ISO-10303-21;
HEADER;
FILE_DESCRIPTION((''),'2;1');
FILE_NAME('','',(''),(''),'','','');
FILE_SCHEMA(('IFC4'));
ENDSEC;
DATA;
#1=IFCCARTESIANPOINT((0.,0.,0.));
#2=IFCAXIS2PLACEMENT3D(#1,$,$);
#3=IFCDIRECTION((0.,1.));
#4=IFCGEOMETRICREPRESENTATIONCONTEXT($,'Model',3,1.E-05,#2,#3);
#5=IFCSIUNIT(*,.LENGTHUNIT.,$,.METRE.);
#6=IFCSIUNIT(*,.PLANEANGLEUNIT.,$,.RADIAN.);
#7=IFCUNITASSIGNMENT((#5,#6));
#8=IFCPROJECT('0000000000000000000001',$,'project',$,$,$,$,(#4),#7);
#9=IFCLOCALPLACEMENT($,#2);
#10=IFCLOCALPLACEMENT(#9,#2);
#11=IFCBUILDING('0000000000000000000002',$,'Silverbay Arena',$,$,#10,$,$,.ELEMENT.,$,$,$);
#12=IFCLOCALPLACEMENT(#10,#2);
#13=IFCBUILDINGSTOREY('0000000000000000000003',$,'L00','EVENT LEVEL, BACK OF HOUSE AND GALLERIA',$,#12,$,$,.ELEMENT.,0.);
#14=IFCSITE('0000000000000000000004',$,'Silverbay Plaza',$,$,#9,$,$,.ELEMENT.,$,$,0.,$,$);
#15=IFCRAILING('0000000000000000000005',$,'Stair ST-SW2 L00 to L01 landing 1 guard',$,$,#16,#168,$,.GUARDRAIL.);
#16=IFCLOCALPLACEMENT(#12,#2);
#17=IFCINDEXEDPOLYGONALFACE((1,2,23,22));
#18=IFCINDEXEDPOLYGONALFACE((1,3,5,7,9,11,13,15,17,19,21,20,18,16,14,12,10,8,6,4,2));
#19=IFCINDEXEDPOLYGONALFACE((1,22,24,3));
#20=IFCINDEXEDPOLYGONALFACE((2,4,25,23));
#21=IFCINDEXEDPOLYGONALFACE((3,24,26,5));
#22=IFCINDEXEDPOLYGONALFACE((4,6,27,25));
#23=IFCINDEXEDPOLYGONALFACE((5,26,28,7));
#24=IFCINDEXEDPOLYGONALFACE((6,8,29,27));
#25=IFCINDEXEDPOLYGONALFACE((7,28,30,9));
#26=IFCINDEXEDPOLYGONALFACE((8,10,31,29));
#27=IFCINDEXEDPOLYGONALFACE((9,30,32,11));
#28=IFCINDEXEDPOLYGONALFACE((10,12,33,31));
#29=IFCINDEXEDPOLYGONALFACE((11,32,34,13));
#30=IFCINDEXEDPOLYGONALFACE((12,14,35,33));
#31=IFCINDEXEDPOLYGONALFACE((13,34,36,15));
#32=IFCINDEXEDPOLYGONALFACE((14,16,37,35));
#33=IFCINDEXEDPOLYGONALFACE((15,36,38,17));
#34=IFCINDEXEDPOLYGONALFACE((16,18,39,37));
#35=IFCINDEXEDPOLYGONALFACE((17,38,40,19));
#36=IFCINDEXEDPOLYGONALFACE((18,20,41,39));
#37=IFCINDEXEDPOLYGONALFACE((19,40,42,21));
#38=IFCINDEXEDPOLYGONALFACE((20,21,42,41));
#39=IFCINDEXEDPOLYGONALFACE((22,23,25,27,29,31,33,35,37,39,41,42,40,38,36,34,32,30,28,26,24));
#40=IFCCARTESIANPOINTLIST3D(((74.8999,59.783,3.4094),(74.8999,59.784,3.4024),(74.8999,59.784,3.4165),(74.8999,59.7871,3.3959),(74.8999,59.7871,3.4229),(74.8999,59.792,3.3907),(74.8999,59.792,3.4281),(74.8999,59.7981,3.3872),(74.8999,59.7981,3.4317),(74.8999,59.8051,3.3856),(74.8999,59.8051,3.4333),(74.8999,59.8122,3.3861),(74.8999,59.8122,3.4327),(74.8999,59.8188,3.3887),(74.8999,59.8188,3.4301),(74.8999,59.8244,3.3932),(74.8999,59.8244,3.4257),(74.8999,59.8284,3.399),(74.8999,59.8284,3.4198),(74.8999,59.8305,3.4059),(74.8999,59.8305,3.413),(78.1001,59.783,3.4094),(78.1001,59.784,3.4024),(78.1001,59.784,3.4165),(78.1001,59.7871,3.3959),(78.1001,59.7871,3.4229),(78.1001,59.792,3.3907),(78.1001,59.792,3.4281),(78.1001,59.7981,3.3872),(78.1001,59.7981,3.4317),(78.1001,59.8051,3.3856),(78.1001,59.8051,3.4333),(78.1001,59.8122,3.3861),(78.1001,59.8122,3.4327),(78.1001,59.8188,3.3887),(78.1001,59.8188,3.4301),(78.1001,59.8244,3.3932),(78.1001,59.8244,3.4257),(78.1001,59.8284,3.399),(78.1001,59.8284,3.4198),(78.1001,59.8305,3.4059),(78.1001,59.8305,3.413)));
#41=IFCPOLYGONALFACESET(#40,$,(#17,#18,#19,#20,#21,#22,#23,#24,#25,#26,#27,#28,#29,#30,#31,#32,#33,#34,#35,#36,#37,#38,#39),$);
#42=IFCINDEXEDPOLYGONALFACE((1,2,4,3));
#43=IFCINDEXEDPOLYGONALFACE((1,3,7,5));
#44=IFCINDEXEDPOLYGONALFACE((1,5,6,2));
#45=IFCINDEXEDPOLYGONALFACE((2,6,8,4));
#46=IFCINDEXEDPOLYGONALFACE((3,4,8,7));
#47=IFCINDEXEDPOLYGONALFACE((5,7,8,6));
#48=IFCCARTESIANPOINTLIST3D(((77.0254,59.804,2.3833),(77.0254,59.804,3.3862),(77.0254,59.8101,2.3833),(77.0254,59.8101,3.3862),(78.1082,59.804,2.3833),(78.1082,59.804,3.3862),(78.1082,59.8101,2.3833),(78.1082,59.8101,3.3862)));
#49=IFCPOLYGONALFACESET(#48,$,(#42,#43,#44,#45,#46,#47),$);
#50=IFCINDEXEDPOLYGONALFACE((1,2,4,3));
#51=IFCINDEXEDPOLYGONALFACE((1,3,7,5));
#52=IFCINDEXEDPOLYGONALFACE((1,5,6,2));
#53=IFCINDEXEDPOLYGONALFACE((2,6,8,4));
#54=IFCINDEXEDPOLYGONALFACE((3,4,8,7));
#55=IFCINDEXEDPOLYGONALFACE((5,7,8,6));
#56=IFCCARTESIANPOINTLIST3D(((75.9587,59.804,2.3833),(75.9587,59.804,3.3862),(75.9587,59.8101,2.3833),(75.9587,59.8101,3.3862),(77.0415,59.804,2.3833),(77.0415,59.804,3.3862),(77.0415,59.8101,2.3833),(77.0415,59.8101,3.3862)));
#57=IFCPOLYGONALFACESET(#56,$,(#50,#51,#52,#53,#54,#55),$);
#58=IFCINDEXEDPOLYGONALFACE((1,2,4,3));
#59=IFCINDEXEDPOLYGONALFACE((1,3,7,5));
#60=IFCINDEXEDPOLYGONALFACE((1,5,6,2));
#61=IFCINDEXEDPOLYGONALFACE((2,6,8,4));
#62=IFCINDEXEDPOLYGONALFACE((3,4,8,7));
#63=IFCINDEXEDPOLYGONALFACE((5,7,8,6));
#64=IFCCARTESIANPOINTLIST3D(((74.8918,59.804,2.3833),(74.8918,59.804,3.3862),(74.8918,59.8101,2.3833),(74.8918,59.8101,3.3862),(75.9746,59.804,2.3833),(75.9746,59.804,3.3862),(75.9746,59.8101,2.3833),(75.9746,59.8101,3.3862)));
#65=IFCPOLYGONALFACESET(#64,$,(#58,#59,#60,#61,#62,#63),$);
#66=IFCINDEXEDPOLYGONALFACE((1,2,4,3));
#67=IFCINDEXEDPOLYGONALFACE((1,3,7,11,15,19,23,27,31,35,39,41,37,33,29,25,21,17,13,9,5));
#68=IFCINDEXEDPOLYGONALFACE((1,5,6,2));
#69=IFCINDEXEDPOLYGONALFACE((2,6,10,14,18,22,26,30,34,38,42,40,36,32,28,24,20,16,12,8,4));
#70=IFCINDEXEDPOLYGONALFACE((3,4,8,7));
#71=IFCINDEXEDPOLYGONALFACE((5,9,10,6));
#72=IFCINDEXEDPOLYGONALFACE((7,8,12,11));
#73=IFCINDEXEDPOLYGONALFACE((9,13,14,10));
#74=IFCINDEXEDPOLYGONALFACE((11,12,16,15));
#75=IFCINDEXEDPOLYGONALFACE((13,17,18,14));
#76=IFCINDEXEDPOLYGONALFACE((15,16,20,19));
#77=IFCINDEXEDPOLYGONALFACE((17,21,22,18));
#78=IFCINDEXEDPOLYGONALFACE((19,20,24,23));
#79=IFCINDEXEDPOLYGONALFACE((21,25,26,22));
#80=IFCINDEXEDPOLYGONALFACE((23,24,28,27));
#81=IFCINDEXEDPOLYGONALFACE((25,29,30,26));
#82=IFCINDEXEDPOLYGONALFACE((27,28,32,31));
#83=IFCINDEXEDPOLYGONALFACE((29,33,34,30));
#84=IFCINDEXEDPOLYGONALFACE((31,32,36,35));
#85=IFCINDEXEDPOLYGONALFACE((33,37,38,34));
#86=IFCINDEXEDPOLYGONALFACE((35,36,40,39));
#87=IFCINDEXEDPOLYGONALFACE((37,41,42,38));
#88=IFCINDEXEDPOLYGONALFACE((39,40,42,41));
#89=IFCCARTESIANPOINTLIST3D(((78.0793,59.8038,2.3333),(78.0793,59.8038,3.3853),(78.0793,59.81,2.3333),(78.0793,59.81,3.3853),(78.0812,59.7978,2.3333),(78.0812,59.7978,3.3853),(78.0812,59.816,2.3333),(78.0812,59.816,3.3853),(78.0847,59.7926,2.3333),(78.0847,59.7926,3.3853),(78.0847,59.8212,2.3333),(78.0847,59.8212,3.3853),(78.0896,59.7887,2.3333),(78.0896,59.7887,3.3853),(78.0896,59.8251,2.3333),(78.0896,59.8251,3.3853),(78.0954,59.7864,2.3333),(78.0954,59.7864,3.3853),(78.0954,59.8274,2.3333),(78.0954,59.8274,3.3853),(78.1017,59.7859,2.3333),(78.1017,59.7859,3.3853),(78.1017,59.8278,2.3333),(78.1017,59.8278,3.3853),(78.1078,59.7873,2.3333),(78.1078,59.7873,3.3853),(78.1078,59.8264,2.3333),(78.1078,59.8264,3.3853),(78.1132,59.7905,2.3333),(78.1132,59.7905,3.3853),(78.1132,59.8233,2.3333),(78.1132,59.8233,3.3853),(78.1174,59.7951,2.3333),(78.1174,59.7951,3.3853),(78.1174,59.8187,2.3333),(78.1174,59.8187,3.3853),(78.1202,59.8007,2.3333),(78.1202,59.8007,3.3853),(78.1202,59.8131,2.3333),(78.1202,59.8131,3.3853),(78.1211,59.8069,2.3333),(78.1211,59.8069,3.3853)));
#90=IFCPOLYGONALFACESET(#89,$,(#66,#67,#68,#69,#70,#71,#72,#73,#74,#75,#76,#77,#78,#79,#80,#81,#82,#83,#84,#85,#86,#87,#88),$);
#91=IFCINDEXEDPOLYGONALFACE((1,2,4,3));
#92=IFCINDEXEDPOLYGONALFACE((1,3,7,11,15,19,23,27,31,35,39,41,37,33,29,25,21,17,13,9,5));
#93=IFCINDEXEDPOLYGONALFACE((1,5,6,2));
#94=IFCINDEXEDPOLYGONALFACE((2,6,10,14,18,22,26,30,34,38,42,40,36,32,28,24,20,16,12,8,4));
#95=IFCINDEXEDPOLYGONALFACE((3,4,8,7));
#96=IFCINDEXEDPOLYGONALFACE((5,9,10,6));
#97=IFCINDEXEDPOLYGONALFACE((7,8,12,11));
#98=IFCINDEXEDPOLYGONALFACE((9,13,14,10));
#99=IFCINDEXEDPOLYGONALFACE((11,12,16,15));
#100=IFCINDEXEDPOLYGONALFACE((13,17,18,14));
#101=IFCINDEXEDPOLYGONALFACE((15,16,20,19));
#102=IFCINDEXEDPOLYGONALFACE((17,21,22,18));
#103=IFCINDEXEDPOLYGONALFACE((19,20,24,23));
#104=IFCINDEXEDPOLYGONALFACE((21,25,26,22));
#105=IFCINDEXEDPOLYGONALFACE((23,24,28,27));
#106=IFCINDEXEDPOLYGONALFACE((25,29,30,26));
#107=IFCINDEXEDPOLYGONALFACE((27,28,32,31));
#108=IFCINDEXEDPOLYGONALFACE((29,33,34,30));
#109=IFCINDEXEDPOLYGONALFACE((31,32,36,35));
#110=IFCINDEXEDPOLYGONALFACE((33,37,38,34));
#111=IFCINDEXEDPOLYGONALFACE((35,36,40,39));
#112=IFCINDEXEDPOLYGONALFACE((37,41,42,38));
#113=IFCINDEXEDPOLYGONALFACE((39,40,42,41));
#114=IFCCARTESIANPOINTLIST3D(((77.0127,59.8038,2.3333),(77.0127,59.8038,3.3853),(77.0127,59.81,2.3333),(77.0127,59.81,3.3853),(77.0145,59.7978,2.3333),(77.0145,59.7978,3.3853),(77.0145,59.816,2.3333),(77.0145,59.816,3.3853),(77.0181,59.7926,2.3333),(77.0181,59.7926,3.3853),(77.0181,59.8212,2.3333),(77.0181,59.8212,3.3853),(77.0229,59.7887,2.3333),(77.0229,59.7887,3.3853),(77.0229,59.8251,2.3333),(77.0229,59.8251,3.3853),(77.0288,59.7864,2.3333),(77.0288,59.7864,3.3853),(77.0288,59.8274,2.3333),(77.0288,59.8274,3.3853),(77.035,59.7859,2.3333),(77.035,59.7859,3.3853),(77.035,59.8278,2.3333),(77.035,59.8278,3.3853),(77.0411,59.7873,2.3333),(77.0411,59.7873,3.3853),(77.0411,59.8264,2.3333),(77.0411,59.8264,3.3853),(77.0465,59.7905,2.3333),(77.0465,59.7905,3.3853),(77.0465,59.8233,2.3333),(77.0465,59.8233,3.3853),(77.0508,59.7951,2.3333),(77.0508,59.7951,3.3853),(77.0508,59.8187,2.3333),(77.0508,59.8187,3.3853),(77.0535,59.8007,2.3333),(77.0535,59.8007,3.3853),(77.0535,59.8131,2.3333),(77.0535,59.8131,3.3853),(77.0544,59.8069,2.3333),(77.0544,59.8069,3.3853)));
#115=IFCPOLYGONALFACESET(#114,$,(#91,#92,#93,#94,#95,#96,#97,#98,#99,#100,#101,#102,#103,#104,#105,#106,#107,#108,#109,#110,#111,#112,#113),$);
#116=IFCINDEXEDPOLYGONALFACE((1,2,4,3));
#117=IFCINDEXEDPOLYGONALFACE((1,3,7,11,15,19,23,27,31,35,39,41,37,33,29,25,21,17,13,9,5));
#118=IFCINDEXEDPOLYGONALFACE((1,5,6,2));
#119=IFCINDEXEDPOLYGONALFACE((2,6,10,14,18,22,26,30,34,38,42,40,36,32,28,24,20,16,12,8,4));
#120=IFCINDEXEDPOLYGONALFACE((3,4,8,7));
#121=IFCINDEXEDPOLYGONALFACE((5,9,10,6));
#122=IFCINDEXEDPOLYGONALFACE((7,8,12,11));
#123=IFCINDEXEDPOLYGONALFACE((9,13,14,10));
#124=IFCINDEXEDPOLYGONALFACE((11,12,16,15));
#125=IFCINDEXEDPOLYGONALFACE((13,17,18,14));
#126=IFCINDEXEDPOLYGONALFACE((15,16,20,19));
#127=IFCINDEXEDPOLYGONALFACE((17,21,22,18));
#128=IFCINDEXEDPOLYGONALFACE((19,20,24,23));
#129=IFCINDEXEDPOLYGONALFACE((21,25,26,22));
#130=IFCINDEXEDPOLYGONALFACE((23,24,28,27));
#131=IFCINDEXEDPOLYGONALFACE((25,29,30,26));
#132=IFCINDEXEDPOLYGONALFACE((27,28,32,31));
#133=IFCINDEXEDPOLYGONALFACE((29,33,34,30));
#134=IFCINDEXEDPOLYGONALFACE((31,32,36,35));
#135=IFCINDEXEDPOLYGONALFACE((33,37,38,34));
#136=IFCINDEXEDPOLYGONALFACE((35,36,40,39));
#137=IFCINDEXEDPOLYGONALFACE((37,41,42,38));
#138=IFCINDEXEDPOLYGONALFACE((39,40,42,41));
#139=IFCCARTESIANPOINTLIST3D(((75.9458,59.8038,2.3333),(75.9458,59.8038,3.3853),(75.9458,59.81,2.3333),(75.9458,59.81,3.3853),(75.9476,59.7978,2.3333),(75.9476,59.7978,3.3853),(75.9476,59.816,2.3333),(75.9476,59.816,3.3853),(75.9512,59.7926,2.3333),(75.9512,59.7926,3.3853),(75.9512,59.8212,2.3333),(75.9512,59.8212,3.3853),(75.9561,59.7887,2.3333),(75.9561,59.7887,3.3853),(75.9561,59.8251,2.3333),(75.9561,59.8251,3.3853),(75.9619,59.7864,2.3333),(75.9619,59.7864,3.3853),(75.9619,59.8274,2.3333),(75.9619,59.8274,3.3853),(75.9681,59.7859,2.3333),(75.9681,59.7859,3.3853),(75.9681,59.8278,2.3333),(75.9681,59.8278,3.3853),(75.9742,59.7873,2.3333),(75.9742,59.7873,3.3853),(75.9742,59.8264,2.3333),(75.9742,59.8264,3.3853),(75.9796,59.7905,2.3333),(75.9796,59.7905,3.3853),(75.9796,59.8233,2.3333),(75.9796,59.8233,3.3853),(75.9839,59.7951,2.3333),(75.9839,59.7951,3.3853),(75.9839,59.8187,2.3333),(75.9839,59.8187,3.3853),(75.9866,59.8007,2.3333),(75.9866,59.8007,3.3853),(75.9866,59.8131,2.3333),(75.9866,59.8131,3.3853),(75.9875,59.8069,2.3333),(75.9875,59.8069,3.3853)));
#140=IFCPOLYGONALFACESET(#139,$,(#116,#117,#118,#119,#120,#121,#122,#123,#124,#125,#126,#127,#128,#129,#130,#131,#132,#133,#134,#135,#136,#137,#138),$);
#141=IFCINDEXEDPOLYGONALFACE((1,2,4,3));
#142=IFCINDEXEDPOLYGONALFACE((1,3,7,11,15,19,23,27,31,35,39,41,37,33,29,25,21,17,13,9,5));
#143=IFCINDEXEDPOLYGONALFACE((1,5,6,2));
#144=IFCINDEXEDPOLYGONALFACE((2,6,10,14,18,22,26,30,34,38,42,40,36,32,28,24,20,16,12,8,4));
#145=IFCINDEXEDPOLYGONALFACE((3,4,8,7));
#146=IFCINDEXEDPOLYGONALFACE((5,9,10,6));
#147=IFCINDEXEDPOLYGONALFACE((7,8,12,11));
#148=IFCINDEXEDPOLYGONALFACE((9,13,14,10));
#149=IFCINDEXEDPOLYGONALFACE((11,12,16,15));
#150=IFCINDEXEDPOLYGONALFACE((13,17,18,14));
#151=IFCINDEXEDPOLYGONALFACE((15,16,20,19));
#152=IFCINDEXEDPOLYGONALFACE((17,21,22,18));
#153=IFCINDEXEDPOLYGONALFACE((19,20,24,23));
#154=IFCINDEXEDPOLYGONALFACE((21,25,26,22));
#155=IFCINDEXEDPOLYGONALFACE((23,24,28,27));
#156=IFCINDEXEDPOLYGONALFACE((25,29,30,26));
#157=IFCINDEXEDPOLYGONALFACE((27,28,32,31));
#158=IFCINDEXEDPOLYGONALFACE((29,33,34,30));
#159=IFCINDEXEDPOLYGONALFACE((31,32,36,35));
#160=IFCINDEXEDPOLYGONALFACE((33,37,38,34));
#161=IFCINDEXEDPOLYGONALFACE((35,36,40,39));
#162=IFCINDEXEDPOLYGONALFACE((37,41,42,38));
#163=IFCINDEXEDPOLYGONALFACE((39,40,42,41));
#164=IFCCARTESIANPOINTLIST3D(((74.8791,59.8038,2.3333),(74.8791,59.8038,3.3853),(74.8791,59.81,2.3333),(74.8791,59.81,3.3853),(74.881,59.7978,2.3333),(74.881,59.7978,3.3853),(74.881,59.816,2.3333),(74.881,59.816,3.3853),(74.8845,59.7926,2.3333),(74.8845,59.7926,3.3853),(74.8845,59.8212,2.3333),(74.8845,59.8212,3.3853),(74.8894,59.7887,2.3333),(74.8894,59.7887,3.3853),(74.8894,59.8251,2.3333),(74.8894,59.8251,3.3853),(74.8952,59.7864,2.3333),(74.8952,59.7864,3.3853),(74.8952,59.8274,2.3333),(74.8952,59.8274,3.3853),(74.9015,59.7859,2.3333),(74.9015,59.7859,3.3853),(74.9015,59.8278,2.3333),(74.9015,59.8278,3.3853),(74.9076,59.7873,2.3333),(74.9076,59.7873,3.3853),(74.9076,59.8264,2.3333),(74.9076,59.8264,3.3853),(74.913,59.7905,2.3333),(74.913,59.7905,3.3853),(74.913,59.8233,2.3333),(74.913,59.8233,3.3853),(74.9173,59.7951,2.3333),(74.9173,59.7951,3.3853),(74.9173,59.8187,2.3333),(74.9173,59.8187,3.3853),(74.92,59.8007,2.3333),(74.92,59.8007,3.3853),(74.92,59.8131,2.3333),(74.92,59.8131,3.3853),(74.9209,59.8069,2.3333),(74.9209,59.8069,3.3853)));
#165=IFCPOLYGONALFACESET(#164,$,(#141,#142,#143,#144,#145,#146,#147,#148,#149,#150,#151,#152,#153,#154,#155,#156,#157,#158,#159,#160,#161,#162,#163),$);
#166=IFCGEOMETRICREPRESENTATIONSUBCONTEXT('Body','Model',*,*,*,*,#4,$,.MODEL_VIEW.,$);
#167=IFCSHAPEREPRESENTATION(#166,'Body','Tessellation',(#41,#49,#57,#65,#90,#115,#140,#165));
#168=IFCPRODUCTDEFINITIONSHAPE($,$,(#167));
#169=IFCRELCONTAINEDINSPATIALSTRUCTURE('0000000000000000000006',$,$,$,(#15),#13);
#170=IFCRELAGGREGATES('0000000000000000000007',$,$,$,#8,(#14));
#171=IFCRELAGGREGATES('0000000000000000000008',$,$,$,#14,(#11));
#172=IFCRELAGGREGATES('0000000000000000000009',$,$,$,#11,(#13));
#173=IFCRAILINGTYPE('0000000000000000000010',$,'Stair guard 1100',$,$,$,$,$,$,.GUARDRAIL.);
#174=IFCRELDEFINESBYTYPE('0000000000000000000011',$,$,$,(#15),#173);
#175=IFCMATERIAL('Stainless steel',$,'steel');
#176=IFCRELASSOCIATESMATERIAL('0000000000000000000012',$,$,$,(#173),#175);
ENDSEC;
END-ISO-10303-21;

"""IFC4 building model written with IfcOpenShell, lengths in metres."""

from ifc_helpers import new_model, si_unit, direction, frame, origin, origin_2d, place, context, subcontext, project, spatial, polyline, circle, outline, extrude, material, type_object, element, save


model = new_model("IFC4")

# Units and contexts
model_context = context("Model", 3, precision=1e-05, world=origin(), true_north=direction((0.0, 1.0)))
body_context = subcontext(model_context, "Body", "Model", "MODEL_VIEW")
ifc_project = project(units=[si_unit("LENGTHUNIT", "METRE"), si_unit("PLANEANGLEUNIT", "RADIAN")], contexts=[model_context])

# Site, building, storey
site_placement = place(None, origin())
site = spatial("IfcSite", under=ifc_project, at=site_placement, Name="Silverbay Plaza", CompositionType="ELEMENT", RefElevation=0.0)
building_placement = place(site_placement, origin())
building = spatial("IfcBuilding", under=site, at=building_placement, Name="Silverbay Arena", CompositionType="ELEMENT")
storey_placement = place(building_placement, origin())
storey = spatial("IfcBuildingStorey", under=building, at=storey_placement, Name="L00", Description="EVENT LEVEL, BACK OF HOUSE AND GALLERIA", CompositionType="ELEMENT", Elevation=0.0)

# Railing
ifc_material_1 = material(Name="Stainless steel", Category="steel")
railing_type_1 = type_object("IfcRailingType", Name="Stair guard 1100", PredefinedType="GUARDRAIL", material=ifc_material_1)
for number, where, name in (
    (1, (78.1001, 59.8069, 2.3333), "Stair ST-SW2 L00 to L01 landing 1 guard"),
):
    element("IfcRailing", number, at=place(storey_placement, frame(where)), inside=storey, type_object=railing_type_1, Name=name, PredefinedType="GUARDRAIL", context=body_context, shape_type="SweptSolid", body=[
        extrude(circle(Radius=0.0239, at=origin_2d()), frame((0.0, 0.0, 1.0762), z_axis=(-1.0, 0.0, 0.0), x_axis=(0.0, -1.0, 0.0)), (0.0, 0.0, 1.0), 3.2002),
        extrude(outline(polyline([(-0.0081, 0.05), (1.0747, 0.05), (1.0747, 1.053), (-0.0081, 1.053), (-0.0081, 0.05)])), frame((0.0, -0.0029, 0.0), z_axis=(0.0, 1.0, 0.0), x_axis=(-1.0, 0.0, 0.0)), (0.0, 0.0, 1.0), 0.0061),
        extrude(outline(polyline([(-0.0081, 0.05), (1.0747, 0.05), (1.0747, 1.053), (-0.0081, 1.053), (-0.0081, 0.05)])), frame((-1.0667, -0.0029, 0.0), z_axis=(0.0, 1.0, 0.0), x_axis=(-1.0, 0.0, 0.0)), (0.0, 0.0, 1.0), 0.0061),
        extrude(outline(polyline([(-0.0081, 0.05), (1.0747, 0.05), (1.0747, 1.053), (-0.0081, 1.053), (-0.0081, 0.05)])), frame((-2.1335, -0.0029, 0.0), z_axis=(0.0, 1.0, 0.0), x_axis=(-1.0, 0.0, 0.0)), (0.0, 0.0, 1.0), 0.0061),
        extrude(circle(Radius=0.021, at=origin_2d()), origin(), (0.0, 0.0, 1.0), 1.052),
        extrude(circle(Radius=0.021, at=origin_2d()), frame((-1.0667, 0.0, 0.0)), (0.0, 0.0, 1.0), 1.052),
        extrude(circle(Radius=0.021, at=origin_2d()), frame((-2.1335, 0.0, 0.0)), (0.0, 0.0, 1.0), 1.052),
        extrude(circle(Radius=0.021, at=origin_2d()), frame((-3.2002, 0.0, 0.0)), (0.0, 0.0, 1.0), 1.052),
    ])

save(model, "model.ifc")
